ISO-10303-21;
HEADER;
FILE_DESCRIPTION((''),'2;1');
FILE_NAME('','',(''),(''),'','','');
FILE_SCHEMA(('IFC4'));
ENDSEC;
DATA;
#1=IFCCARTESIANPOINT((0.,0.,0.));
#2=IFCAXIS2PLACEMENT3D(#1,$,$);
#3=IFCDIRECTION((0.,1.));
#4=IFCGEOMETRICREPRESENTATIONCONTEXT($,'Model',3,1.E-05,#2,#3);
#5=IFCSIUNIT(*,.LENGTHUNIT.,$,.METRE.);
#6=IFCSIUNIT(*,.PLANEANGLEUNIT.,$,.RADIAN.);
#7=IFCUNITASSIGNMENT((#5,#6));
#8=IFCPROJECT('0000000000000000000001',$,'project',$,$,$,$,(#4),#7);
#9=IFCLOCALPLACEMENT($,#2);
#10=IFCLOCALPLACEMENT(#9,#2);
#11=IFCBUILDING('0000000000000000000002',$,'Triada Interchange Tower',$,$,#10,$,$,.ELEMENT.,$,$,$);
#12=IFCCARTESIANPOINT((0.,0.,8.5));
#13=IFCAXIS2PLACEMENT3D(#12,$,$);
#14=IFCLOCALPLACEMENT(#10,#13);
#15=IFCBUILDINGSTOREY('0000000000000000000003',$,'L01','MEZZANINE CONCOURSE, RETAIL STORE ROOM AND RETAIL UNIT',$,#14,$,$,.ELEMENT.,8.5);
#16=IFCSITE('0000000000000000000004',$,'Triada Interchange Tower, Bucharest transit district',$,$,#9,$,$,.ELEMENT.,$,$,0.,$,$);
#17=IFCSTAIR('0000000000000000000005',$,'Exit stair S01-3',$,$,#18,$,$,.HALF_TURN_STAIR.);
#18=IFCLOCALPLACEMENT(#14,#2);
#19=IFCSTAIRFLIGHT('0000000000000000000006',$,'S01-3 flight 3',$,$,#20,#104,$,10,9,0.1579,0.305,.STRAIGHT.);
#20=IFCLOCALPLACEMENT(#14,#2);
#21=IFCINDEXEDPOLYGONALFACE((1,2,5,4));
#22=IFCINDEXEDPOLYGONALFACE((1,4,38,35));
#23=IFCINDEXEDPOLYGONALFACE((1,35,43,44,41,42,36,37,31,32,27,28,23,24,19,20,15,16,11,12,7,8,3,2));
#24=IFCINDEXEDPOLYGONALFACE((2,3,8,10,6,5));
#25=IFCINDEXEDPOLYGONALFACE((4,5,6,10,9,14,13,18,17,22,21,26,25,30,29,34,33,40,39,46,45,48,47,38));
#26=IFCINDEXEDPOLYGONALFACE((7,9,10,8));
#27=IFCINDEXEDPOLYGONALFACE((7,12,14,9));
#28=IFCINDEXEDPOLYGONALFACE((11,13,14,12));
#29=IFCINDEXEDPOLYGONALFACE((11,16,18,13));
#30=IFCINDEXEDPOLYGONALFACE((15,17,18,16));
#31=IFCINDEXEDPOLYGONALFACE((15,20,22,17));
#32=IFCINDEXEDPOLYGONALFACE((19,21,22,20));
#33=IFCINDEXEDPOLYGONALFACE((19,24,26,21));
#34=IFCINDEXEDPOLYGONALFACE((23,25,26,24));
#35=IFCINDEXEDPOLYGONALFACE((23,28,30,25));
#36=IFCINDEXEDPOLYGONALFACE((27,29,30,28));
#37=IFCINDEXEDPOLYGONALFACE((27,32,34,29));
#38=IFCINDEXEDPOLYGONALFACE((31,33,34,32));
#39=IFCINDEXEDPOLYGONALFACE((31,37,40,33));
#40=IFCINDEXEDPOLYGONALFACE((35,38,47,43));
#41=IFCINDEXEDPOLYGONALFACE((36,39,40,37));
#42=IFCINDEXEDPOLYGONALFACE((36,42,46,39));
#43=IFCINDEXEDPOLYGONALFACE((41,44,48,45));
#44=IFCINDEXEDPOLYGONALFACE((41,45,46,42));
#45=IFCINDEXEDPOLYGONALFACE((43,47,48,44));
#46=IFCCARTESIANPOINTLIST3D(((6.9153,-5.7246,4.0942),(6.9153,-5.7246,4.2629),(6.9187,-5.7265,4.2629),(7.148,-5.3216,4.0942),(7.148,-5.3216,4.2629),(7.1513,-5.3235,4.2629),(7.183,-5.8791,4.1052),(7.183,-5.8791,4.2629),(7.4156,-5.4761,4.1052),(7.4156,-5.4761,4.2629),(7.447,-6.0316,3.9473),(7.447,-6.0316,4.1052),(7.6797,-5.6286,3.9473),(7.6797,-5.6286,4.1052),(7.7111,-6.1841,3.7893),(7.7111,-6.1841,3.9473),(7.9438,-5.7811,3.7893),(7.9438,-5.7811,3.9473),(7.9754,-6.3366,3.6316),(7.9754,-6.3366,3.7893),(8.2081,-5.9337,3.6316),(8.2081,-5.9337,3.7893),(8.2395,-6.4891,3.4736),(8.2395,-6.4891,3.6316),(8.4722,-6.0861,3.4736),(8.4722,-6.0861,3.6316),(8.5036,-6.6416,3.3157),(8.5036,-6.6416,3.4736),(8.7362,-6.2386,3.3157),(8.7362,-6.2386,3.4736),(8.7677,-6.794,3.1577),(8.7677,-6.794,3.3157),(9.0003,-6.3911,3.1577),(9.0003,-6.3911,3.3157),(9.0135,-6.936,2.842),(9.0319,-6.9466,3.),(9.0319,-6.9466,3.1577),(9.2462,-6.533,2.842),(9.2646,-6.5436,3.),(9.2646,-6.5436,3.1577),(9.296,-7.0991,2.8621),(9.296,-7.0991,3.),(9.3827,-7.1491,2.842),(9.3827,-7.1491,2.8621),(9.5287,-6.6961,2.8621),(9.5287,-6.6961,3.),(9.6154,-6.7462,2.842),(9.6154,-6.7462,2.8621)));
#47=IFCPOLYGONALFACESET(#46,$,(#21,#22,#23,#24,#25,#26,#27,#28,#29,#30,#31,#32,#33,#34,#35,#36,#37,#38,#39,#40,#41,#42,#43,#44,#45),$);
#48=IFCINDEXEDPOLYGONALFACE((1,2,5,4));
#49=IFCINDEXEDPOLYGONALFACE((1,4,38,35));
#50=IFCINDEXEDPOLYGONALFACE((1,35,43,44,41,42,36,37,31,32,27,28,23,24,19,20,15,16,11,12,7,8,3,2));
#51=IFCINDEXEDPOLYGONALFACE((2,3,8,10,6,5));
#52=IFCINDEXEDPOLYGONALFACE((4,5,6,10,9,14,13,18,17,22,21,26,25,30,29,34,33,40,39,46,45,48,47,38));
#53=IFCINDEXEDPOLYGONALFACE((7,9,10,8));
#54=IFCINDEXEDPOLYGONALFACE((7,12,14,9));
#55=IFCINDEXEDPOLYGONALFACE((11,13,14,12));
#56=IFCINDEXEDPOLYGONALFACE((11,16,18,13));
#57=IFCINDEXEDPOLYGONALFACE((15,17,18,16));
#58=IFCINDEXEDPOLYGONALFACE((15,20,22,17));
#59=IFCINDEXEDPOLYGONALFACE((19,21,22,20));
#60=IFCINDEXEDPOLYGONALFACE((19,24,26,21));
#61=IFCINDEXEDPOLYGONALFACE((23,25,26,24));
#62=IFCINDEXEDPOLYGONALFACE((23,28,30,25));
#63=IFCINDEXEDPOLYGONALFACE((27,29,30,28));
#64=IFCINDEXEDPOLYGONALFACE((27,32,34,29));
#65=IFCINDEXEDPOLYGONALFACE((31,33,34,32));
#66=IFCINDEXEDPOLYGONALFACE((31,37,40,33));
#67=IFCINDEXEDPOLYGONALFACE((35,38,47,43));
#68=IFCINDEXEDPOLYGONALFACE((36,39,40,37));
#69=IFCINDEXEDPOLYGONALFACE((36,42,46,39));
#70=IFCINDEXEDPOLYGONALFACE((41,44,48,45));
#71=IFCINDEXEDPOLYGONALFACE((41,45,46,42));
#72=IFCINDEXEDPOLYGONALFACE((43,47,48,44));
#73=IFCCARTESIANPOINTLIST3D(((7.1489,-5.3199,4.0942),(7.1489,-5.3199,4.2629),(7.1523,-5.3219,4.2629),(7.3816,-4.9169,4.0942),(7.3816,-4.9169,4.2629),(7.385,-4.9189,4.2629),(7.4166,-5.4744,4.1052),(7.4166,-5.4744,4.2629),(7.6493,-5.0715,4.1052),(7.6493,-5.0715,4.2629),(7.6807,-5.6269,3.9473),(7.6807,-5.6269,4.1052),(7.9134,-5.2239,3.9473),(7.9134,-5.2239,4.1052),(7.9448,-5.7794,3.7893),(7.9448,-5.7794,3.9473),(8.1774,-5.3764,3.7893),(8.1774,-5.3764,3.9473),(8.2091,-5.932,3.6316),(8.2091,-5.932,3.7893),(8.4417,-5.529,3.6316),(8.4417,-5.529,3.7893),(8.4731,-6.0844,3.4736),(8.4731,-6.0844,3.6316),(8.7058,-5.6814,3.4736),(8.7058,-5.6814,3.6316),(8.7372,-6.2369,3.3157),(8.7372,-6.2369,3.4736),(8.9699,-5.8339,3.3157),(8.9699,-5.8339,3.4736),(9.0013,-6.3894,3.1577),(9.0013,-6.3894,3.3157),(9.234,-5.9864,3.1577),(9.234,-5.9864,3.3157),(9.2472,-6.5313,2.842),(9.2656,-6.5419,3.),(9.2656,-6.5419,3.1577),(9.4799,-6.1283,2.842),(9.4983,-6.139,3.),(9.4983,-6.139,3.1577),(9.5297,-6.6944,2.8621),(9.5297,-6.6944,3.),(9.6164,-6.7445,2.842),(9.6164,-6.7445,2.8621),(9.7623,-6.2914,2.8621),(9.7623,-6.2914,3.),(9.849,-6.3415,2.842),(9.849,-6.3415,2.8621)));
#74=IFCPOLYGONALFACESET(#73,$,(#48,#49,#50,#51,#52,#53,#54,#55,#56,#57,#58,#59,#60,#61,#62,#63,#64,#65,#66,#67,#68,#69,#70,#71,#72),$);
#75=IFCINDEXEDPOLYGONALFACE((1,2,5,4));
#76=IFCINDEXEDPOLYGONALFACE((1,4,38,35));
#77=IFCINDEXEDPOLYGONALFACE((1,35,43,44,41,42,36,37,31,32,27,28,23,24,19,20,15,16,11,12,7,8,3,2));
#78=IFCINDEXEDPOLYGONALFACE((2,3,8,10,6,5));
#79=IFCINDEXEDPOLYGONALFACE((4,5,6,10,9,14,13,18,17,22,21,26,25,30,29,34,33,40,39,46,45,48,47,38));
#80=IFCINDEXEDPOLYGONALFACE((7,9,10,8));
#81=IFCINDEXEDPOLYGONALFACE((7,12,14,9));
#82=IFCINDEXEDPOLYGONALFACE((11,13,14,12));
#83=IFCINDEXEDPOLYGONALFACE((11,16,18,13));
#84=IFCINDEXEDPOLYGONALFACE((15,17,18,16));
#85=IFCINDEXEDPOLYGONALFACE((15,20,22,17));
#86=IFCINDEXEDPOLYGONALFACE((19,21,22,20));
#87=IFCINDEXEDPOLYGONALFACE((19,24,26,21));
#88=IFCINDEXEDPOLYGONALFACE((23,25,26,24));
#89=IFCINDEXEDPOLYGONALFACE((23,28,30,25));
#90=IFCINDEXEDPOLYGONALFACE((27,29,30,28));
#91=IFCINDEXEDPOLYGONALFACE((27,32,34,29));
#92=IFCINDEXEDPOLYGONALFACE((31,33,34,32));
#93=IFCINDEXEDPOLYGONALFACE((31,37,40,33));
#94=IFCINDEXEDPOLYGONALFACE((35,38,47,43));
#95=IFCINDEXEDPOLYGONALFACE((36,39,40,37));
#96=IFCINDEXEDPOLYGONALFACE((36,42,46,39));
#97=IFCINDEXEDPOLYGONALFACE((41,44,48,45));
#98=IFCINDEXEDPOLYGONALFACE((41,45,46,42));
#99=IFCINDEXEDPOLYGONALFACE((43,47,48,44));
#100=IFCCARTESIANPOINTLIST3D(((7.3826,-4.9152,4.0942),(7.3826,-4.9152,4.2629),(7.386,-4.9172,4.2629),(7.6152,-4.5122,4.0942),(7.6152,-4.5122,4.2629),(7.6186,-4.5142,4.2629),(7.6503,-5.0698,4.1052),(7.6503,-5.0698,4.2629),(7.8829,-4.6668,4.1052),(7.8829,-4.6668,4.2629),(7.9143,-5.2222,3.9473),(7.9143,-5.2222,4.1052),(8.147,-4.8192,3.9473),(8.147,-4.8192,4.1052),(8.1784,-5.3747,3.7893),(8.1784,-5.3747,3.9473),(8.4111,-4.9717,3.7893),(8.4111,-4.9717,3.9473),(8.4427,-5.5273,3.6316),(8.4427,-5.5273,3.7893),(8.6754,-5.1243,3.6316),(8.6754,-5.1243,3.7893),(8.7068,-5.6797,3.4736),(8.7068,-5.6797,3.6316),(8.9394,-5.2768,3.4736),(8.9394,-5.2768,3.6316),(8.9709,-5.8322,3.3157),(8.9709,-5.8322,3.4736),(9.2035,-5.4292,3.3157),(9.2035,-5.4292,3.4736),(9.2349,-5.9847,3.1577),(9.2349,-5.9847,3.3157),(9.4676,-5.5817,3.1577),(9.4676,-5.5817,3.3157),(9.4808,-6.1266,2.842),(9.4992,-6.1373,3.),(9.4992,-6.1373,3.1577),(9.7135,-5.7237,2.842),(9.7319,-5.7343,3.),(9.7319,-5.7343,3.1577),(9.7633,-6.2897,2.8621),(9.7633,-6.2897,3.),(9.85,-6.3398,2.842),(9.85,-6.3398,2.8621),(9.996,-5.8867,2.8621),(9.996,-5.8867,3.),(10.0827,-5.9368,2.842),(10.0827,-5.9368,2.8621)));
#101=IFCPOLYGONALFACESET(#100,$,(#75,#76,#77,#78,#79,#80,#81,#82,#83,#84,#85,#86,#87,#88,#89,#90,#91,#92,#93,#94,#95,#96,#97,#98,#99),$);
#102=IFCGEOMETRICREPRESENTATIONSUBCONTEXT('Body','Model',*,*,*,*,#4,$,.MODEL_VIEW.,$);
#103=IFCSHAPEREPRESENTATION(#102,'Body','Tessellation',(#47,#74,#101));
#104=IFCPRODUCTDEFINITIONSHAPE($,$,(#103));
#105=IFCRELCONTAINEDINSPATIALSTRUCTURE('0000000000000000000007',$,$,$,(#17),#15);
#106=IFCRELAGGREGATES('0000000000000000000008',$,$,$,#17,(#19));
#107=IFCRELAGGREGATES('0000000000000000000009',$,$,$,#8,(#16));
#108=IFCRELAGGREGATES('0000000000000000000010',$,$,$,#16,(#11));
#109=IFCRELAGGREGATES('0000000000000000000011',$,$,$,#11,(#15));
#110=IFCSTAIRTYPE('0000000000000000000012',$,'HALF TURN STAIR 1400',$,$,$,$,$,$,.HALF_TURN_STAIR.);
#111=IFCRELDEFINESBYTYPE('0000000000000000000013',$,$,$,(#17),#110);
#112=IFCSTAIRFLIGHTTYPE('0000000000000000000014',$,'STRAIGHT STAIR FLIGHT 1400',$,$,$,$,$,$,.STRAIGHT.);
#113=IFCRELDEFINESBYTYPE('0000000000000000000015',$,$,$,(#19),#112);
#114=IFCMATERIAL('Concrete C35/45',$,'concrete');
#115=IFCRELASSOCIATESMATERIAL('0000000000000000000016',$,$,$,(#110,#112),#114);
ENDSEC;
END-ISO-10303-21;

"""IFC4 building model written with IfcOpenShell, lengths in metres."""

from ifc_helpers import new_model, si_unit, direction, frame, origin, place, context, subcontext, project, spatial, polyline, outline, extrude, material, type_object, element, aggregate, save


model = new_model("IFC4")

# Units and contexts
model_context = context("Model", 3, precision=1e-05, world=origin(), true_north=direction((0.0, 1.0)))
body_context = subcontext(model_context, "Body", "Model", "MODEL_VIEW")
ifc_project = project(units=[si_unit("LENGTHUNIT", "METRE"), si_unit("PLANEANGLEUNIT", "RADIAN")], contexts=[model_context])

# Site, building, storey
site_placement = place(None, origin())
site = spatial("IfcSite", under=ifc_project, at=site_placement, Name="Triada Interchange Tower, Bucharest transit district", CompositionType="ELEMENT", RefElevation=0.0)
building_placement = place(site_placement, origin())
building = spatial("IfcBuilding", under=site, at=building_placement, Name="Triada Interchange Tower", CompositionType="ELEMENT")
storey_placement = place(building_placement, frame((0.0, 0.0, 8.5)))
storey = spatial("IfcBuildingStorey", under=building, at=storey_placement, Name="L01", Description="MEZZANINE CONCOURSE, RETAIL STORE ROOM AND RETAIL UNIT", CompositionType="ELEMENT", Elevation=8.5)

# Shared definitions
ifc_material_1 = material(Name="Concrete C35/45", Category="concrete")

# Stair, stair flight
stair_type = type_object("IfcStairType", Name="HALF TURN STAIR 1400", PredefinedType="HALF_TURN_STAIR", material=ifc_material_1)
stair_1_placement = place(storey_placement, origin())
stair_1 = element("IfcStair", 1, at=stair_1_placement, inside=storey, type_object=stair_type, Name="Exit stair S01-3", PredefinedType="HALF_TURN_STAIR")
stair_flight_type = type_object("IfcStairFlightType", Name="STRAIGHT STAIR FLIGHT 1400", PredefinedType="STRAIGHT", material=ifc_material_1)
stair_flight_1_placement = place(storey_placement, frame((9.646, -6.4929, 2.842), z_axis=(0.0, 0.0, 1.0), x_axis=(-0.866025, 0.5, 0.0)))
stair_flight_1 = element("IfcStairFlight", 2, at=stair_flight_1_placement, type_object=stair_flight_type, Name="S01-3 flight 3", NumberOfRisers=10, NumberOfTreads=9, PredefinedType="STRAIGHT", RiserHeight=0.1579, TreadLength=0.305, context=body_context, shape_type="SweptSolid", body=[
    extrude(outline(polyline([(-0.1001, 0.0), (-0.1001, 0.02), (0.0, 0.02), (0.0, 0.158), (0.3049, 0.158), (0.3049, 0.3157), (0.6101, 0.3157), (0.6101, 0.4736), (0.915, 0.4736), (0.915, 0.6316), (1.22, 0.6316), (1.22, 0.7896), (1.5249, 0.7896), (1.5249, 0.9473), (1.8301, 0.9473), (1.8301, 1.1052), (2.135, 1.1052), (2.135, 1.2632), (2.4399, 1.2632), (2.4399, 1.4209), (2.7451, 1.4209), (2.749, 1.4209), (2.749, 1.5789), (2.749, 1.2522), (0.3262, 0.0), (-0.1001, 0.0)])), frame((0.0, 0.7, 0.0), z_axis=(0.0, -1.0, 0.0), x_axis=(1.0, 0.0, 0.0)), (0.0, 0.0, 1.0), 0.4653),
    extrude(outline(polyline([(-0.1001, 0.0), (-0.1001, 0.02), (0.0, 0.02), (0.0, 0.158), (0.3049, 0.158), (0.3049, 0.3157), (0.6101, 0.3157), (0.6101, 0.4736), (0.915, 0.4736), (0.915, 0.6316), (1.22, 0.6316), (1.22, 0.7896), (1.5249, 0.7896), (1.5249, 0.9473), (1.8301, 0.9473), (1.8301, 1.1052), (2.135, 1.1052), (2.135, 1.2632), (2.4399, 1.2632), (2.4399, 1.4209), (2.7451, 1.4209), (2.749, 1.4209), (2.749, 1.5789), (2.749, 1.2522), (0.3262, 0.0), (-0.1001, 0.0)])), frame((0.0, 0.2327, 0.0), z_axis=(0.0, -1.0, 0.0), x_axis=(1.0, 0.0, 0.0)), (0.0, 0.0, 1.0), 0.4653),
    extrude(outline(polyline([(-0.1001, 0.0), (-0.1001, 0.02), (0.0, 0.02), (0.0, 0.158), (0.3049, 0.158), (0.3049, 0.3157), (0.6101, 0.3157), (0.6101, 0.4736), (0.915, 0.4736), (0.915, 0.6316), (1.22, 0.6316), (1.22, 0.7896), (1.5249, 0.7896), (1.5249, 0.9473), (1.8301, 0.9473), (1.8301, 1.1052), (2.135, 1.1052), (2.135, 1.2632), (2.4399, 1.2632), (2.4399, 1.4209), (2.7451, 1.4209), (2.749, 1.4209), (2.749, 1.5789), (2.749, 1.2522), (0.3262, 0.0), (-0.1001, 0.0)])), frame((0.0, -0.2346, 0.0), z_axis=(0.0, -1.0, 0.0), x_axis=(1.0, 0.0, 0.0)), (0.0, 0.0, 1.0), 0.4653),
])

aggregate(stair_1, [stair_flight_1])

save(model, "model.ifc")
